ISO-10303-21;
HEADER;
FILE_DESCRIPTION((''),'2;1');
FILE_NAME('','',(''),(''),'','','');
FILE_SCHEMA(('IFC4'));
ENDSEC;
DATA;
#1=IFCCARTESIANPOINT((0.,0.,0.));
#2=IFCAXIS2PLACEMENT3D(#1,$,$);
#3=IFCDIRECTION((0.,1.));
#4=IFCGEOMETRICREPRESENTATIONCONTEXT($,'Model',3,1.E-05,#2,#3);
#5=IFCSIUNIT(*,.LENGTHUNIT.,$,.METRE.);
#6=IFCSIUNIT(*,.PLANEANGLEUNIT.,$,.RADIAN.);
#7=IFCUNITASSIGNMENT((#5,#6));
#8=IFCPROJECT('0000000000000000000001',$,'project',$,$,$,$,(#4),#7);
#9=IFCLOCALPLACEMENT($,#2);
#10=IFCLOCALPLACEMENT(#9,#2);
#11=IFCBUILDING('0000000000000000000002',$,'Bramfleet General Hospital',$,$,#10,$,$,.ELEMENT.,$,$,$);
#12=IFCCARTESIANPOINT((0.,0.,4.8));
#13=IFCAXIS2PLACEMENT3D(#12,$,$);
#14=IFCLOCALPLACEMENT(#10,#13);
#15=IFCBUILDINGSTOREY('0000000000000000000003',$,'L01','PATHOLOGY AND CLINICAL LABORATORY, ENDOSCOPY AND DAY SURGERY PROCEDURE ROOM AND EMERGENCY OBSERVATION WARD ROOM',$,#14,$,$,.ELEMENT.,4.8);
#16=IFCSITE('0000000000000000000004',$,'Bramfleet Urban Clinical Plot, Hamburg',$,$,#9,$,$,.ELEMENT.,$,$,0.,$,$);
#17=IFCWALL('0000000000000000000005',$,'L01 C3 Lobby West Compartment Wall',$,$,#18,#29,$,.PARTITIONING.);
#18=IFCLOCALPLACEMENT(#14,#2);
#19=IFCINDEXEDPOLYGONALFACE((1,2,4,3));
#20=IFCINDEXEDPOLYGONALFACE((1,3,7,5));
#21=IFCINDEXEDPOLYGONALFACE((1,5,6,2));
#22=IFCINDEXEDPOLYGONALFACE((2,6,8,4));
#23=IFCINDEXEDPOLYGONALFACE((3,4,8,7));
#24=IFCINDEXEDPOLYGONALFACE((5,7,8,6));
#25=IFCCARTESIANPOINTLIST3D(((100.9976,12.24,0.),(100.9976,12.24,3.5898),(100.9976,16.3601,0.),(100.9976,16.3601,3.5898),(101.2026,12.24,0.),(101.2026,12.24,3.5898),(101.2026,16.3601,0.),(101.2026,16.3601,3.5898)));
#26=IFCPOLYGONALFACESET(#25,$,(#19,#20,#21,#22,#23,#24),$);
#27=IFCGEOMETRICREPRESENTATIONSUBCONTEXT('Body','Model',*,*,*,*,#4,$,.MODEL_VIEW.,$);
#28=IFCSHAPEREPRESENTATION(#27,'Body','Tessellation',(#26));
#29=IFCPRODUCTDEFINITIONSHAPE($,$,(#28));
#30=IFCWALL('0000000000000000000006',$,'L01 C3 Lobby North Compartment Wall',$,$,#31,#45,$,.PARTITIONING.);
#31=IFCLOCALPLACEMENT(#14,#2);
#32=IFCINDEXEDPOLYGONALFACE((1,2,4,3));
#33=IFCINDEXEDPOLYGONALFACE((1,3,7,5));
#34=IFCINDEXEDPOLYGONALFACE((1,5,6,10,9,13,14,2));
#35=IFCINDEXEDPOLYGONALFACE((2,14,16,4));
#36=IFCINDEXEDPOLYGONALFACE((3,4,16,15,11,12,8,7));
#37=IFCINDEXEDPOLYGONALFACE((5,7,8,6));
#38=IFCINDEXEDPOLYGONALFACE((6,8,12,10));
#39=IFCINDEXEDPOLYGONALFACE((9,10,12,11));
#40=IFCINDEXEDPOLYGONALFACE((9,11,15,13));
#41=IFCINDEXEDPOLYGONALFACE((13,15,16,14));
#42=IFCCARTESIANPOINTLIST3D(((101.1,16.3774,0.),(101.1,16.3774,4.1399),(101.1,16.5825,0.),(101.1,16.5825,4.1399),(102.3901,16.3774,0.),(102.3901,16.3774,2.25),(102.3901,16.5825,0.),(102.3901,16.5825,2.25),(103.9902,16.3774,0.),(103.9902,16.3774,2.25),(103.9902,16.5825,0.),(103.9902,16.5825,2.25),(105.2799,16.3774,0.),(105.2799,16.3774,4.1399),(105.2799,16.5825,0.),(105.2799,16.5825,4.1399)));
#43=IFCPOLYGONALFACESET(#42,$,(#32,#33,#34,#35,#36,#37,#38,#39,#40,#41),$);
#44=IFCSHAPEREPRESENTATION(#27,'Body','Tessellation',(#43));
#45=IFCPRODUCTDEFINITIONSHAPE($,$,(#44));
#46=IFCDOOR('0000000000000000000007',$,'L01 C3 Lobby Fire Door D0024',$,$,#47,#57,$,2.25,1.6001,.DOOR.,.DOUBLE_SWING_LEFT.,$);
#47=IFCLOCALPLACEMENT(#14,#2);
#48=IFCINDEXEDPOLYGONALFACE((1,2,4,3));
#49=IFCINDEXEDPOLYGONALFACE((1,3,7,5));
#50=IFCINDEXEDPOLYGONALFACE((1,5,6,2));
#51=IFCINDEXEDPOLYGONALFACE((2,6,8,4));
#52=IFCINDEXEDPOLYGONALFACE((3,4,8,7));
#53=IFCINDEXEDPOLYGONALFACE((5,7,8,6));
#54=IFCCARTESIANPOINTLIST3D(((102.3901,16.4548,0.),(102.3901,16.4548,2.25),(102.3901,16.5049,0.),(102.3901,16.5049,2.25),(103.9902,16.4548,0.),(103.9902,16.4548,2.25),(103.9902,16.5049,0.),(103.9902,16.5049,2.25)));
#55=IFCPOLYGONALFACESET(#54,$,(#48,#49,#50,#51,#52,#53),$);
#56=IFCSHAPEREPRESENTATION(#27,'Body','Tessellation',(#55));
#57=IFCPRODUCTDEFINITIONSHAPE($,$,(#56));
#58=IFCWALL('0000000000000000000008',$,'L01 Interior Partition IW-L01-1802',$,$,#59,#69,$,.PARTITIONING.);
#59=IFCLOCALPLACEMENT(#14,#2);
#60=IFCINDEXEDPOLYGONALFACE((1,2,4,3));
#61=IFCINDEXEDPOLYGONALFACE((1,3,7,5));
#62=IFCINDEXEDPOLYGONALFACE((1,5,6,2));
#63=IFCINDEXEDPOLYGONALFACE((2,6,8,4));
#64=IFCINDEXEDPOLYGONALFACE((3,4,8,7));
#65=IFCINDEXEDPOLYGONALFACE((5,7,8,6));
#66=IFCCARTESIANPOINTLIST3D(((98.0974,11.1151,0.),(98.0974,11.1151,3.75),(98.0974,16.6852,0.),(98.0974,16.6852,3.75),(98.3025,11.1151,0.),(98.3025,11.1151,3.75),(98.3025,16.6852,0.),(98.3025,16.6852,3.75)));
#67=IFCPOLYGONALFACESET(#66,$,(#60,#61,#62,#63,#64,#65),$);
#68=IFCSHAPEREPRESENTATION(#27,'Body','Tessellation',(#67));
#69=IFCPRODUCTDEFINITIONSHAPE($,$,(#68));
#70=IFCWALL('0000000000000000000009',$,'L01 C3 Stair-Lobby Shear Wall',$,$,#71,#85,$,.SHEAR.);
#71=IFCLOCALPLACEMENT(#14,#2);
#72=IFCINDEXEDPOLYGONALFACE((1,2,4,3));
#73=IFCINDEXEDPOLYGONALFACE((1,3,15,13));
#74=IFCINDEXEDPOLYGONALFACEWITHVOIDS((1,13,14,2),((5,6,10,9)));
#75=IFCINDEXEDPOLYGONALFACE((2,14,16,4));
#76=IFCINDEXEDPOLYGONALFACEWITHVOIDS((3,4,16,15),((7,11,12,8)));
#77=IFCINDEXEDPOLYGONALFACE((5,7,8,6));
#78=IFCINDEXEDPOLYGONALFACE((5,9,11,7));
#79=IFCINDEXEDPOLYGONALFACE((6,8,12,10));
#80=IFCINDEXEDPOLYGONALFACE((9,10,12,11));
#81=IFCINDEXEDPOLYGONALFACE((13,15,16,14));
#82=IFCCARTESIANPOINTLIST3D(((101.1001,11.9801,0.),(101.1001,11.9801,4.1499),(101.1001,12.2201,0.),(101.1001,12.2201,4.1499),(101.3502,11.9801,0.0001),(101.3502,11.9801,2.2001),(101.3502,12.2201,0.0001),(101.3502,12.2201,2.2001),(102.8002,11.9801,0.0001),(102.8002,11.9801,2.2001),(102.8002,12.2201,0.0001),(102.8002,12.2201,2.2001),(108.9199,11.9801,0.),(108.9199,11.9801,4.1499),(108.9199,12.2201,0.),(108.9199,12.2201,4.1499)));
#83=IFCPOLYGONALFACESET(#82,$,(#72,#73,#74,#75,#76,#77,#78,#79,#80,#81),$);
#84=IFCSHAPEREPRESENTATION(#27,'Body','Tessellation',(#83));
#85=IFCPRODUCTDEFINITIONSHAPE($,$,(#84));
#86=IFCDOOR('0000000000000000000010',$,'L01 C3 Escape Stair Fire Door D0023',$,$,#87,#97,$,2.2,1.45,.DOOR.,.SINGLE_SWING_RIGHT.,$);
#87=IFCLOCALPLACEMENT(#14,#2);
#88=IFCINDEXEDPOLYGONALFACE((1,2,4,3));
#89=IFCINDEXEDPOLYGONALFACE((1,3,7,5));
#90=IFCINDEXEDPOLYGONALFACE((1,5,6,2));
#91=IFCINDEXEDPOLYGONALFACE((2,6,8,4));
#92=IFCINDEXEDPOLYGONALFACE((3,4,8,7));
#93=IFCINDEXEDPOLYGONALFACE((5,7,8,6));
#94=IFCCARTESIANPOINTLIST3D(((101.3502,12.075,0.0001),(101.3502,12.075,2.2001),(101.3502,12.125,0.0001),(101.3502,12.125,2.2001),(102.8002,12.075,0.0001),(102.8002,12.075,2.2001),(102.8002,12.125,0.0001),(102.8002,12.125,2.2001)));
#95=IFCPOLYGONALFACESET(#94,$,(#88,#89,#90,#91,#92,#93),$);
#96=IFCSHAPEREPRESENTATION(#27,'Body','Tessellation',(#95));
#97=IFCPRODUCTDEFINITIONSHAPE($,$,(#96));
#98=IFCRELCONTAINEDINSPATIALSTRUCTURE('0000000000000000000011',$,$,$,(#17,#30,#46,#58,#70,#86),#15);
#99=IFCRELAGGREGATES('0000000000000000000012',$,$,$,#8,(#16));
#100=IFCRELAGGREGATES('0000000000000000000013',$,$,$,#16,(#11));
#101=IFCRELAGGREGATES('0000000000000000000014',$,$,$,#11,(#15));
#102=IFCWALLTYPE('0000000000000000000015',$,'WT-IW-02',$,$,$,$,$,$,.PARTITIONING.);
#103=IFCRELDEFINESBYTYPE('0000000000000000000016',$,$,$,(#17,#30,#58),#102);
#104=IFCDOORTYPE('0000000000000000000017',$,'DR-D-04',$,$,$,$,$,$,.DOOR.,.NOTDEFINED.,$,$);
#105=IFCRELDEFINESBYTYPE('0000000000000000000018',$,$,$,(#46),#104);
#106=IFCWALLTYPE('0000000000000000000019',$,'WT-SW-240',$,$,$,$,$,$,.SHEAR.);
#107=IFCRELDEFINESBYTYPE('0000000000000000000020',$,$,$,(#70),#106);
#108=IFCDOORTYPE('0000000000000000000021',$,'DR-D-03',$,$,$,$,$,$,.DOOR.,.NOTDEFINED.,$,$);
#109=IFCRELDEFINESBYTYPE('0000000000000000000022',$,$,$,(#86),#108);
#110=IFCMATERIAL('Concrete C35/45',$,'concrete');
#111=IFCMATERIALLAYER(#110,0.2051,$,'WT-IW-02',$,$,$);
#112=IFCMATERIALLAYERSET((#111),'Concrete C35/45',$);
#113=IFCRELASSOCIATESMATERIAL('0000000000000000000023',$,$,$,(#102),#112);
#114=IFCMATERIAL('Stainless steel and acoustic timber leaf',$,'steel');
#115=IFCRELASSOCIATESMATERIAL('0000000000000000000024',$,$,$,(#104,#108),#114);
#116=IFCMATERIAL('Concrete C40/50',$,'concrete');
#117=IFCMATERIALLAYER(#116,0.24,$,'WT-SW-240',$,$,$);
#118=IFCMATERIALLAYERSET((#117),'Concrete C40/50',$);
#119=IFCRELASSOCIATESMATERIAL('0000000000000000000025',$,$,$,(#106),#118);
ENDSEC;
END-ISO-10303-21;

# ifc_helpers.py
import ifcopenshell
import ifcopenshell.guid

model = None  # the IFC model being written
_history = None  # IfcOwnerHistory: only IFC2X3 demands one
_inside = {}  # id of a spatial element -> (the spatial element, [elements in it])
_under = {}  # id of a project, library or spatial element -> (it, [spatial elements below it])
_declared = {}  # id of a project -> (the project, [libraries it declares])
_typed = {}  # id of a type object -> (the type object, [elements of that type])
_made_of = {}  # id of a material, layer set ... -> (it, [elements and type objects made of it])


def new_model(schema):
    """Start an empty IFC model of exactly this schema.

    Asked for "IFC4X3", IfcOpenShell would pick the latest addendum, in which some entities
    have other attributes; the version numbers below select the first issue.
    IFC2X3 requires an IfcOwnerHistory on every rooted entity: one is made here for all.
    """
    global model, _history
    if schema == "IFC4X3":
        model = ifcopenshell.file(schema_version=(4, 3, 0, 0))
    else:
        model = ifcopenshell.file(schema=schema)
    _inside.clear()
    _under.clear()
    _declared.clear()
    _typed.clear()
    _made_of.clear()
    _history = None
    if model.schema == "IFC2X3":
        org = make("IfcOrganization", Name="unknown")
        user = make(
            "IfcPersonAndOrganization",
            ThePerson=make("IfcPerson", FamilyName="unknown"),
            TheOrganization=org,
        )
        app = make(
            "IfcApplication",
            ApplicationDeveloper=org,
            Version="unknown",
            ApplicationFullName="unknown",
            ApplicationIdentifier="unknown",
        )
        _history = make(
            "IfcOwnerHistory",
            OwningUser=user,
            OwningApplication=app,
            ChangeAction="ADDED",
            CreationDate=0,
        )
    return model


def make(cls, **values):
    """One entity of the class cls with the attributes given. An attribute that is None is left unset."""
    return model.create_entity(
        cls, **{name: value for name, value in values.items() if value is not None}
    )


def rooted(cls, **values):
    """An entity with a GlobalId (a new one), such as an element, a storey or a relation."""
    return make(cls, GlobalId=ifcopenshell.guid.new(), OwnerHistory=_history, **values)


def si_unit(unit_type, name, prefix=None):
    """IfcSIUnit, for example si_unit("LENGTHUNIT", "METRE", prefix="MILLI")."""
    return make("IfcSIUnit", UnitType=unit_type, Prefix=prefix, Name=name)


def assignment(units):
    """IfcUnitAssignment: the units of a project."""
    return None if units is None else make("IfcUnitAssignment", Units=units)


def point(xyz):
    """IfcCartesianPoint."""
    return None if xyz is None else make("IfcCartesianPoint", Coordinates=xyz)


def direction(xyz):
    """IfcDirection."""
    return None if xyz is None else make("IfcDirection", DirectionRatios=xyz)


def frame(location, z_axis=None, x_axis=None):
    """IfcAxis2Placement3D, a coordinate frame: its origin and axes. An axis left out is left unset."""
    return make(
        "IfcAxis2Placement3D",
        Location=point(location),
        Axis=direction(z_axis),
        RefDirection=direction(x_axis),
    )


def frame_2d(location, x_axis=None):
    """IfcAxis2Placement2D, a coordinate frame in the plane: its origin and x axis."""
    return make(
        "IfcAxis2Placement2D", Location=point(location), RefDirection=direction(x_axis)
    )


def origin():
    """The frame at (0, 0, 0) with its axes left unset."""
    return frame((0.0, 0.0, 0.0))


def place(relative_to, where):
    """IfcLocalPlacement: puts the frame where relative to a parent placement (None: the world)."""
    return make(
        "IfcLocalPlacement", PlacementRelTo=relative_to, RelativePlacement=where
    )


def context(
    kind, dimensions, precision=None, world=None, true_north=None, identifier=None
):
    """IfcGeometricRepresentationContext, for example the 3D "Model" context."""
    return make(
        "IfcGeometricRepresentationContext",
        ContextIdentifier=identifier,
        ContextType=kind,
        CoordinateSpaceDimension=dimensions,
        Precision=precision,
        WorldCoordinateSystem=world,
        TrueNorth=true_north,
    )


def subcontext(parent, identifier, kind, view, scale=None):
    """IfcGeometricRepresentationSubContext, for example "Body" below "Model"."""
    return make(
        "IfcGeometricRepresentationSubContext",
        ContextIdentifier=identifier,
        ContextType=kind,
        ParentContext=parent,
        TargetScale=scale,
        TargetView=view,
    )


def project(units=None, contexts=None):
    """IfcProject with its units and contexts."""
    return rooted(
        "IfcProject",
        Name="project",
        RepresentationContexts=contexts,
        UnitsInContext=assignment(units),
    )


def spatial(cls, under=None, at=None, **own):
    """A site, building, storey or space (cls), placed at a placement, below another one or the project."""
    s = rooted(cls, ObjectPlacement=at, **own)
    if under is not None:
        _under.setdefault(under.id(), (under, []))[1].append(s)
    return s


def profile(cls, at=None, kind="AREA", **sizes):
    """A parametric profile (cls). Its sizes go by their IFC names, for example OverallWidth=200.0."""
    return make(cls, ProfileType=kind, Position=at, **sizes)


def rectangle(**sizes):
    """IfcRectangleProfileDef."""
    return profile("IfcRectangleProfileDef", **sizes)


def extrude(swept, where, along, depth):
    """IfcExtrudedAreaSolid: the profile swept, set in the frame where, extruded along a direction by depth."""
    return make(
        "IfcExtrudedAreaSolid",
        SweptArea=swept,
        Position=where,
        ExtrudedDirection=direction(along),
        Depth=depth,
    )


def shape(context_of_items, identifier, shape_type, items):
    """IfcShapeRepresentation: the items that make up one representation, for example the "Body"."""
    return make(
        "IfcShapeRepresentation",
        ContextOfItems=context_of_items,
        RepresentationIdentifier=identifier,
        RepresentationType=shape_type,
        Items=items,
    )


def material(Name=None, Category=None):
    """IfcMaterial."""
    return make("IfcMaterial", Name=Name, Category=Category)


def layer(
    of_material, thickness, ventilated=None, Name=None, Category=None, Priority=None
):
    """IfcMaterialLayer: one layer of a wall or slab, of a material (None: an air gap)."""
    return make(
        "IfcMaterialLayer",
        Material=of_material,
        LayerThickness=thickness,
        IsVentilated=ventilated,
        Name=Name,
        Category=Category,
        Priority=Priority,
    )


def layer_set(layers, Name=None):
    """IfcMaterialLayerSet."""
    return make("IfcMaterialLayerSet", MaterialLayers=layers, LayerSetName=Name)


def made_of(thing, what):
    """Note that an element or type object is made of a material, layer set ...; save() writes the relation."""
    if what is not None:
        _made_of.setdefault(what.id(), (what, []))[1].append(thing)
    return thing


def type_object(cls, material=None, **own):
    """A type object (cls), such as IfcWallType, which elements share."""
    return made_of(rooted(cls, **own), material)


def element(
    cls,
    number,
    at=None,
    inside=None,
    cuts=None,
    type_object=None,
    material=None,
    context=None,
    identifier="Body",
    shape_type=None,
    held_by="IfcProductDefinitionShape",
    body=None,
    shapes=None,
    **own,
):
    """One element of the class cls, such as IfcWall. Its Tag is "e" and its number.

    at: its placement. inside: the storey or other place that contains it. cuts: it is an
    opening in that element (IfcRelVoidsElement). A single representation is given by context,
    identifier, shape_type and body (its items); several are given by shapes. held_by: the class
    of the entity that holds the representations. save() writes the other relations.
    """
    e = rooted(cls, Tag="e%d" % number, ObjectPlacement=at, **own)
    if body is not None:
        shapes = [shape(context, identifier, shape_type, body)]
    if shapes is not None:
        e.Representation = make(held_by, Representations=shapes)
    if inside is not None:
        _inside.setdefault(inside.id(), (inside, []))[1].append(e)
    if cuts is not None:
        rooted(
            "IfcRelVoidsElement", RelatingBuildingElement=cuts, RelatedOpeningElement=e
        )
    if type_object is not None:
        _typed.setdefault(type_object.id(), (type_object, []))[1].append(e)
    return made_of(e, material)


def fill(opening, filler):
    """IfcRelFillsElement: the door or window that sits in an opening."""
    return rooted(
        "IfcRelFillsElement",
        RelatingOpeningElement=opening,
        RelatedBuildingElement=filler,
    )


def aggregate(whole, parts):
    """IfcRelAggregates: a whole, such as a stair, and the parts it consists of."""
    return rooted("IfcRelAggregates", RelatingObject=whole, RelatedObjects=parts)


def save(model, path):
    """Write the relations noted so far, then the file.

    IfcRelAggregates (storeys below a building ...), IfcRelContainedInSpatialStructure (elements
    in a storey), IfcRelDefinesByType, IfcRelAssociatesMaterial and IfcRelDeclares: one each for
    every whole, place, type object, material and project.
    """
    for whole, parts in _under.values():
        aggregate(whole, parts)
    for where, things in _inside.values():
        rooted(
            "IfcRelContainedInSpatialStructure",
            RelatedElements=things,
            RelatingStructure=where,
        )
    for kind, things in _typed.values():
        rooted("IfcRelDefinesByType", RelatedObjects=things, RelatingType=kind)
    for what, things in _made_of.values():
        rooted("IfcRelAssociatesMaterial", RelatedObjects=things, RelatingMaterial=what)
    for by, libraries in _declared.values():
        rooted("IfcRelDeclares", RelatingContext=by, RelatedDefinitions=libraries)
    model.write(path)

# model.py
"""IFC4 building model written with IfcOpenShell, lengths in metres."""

from ifc_helpers import new_model, si_unit, direction, frame, frame_2d, origin, place, context, subcontext, project, spatial, rectangle, extrude, material, layer, layer_set, type_object, element, fill, save


model = new_model("IFC4")

# Units and contexts
model_context = context("Model", 3, precision=1e-05, world=origin(), true_north=direction((0.0, 1.0)))
body_context = subcontext(model_context, "Body", "Model", "MODEL_VIEW")
ifc_project = project(units=[si_unit("LENGTHUNIT", "METRE"), si_unit("PLANEANGLEUNIT", "RADIAN")], contexts=[model_context])

# Site, building, storey
site_placement = place(None, origin())
site = spatial("IfcSite", under=ifc_project, at=site_placement, Name="Bramfleet Urban Clinical Plot, Hamburg", CompositionType="ELEMENT", RefElevation=0.0)
building_placement = place(site_placement, origin())
building = spatial("IfcBuilding", under=site, at=building_placement, Name="Bramfleet General Hospital", CompositionType="ELEMENT")
storey_placement = place(building_placement, frame((0.0, 0.0, 4.8)))
storey = spatial("IfcBuildingStorey", under=building, at=storey_placement, Name="L01", Description="PATHOLOGY AND CLINICAL LABORATORY, ENDOSCOPY AND DAY SURGERY PROCEDURE ROOM AND EMERGENCY OBSERVATION WARD ROOM", CompositionType="ELEMENT", Elevation=4.8)

# Wall
ifc_material_1 = material(Name="Concrete C35/45", Category="concrete")
ifc_layer_1 = layer(ifc_material_1, 0.2051, Name="WT-IW-02")
ifc_layer_set_1 = layer_set([ifc_layer_1], Name="Concrete C35/45")
wall_type_1 = type_object("IfcWallType", Name="WT-IW-02", PredefinedType="PARTITIONING", material=ifc_layer_set_1)
wall_1_placement = place(storey_placement, frame((101.1001, 12.24, 0.0), z_axis=(0.0, 0.0, 1.0), x_axis=(0.0, 1.0, 0.0)))
element("IfcWall", 1, at=wall_1_placement, inside=storey, type_object=wall_type_1, Name="L01 C3 Lobby West Compartment Wall", PredefinedType="PARTITIONING", context=body_context, shape_type="SweptSolid", body=[
    extrude(rectangle(XDim=4.1201, YDim=0.2051, at=frame_2d((2.0601, 0.0))), origin(), (0.0, 0.0, 1.0), 3.5898),
])

# Wall, opening, door
wall_2_placement = place(storey_placement, frame((101.1001, 16.48, 0.0), z_axis=(0.0, 0.0, 1.0), x_axis=(1.0, 0.0, 0.0)))
wall_2 = element("IfcWall", 2, at=wall_2_placement, inside=storey, type_object=wall_type_1, Name="L01 C3 Lobby North Compartment Wall", PredefinedType="PARTITIONING", context=body_context, shape_type="SweptSolid", body=[
    extrude(rectangle(XDim=4.1799, YDim=0.2051, at=frame_2d((2.0898, 0.0))), origin(), (0.0, 0.0, 1.0), 4.1399),
])
opening_1_placement = place(wall_2_placement, frame((1.29, 0.0, 0.0)))
opening_1 = element("IfcOpeningElement", 3, at=opening_1_placement, cuts=wall_2, PredefinedType="OPENING", context=body_context, shape_type="SweptSolid", body=[
    extrude(rectangle(XDim=1.6001, YDim=2.25, at=frame_2d((0.8, 1.125))), frame((0.0, 0.1125, 0.0), z_axis=(0.0, -1.0, 0.0), x_axis=(1.0, 0.0, 0.0)), (0.0, 0.0, 1.0), 0.2251),
])
ifc_material_2 = material(Name="Stainless steel and acoustic timber leaf", Category="steel")
door_type_1 = type_object("IfcDoorType", Name="DR-D-04", OperationType="NOTDEFINED", PredefinedType="DOOR", material=ifc_material_2)
door_1_placement = place(opening_1_placement, origin())
door_1 = element("IfcDoor", 4, at=door_1_placement, inside=storey, type_object=door_type_1, Name="L01 C3 Lobby Fire Door D0024", OperationType="DOUBLE_SWING_LEFT", OverallHeight=2.25, OverallWidth=1.6001, PredefinedType="DOOR", context=body_context, shape_type="SweptSolid", body=[
    extrude(rectangle(XDim=1.6001, YDim=2.25, at=frame_2d((0.8, 1.125))), frame((0.0, 0.0249, 0.0), z_axis=(0.0, -1.0, 0.0), x_axis=(1.0, 0.0, 0.0)), (0.0, 0.0, 1.0), 0.05),
])
fill(opening_1, door_1)

# Wall
wall_3_placement = place(storey_placement, frame((98.2, 11.115, 0.0), z_axis=(0.0, 0.0, 1.0), x_axis=(0.0, 1.0, 0.0)))
element("IfcWall", 5, at=wall_3_placement, inside=storey, type_object=wall_type_1, Name="L01 Interior Partition IW-L01-1802", PredefinedType="PARTITIONING", context=body_context, shape_type="SweptSolid", body=[
    extrude(rectangle(XDim=5.5701, YDim=0.2051, at=frame_2d((2.7852, 0.0))), origin(), (0.0, 0.0, 1.0), 3.75),
])

# Wall, opening, door
ifc_material_3 = material(Name="Concrete C40/50", Category="concrete")
ifc_layer_2 = layer(ifc_material_3, 0.24, Name="WT-SW-240")
ifc_layer_set_2 = layer_set([ifc_layer_2], Name="Concrete C40/50")
wall_type_2 = type_object("IfcWallType", Name="WT-SW-240", PredefinedType="SHEAR", material=ifc_layer_set_2)
wall_4_placement = place(storey_placement, frame((101.1001, 12.1001, 0.0), z_axis=(0.0, 0.0, 1.0), x_axis=(1.0, 0.0, 0.0)))
wall_4 = element("IfcWall", 6, at=wall_4_placement, inside=storey, type_object=wall_type_2, Name="L01 C3 Stair-Lobby Shear Wall", PredefinedType="SHEAR", context=body_context, shape_type="SweptSolid", body=[
    extrude(rectangle(XDim=7.8198, YDim=0.24, at=frame_2d((3.9099, 0.0))), origin(), (0.0, 0.0, 1.0), 4.1499),
])
opening_2_placement = place(wall_4_placement, frame((0.25, 0.0, 0.0)))
opening_2 = element("IfcOpeningElement", 7, at=opening_2_placement, cuts=wall_4, PredefinedType="OPENING", context=body_context, shape_type="SweptSolid", body=[
    extrude(rectangle(XDim=1.45, YDim=2.2, at=frame_2d((0.7251, 1.1001))), frame((0.0, 0.1299, 0.0), z_axis=(0.0, -1.0, 0.0), x_axis=(1.0, 0.0, 0.0)), (0.0, 0.0, 1.0), 0.26),
])
door_type_2 = type_object("IfcDoorType", Name="DR-D-03", OperationType="NOTDEFINED", PredefinedType="DOOR", material=ifc_material_2)
door_2_placement = place(opening_2_placement, origin())
door_2 = element("IfcDoor", 8, at=door_2_placement, inside=storey, type_object=door_type_2, Name="L01 C3 Escape Stair Fire Door D0023", OperationType="SINGLE_SWING_RIGHT", OverallHeight=2.2, OverallWidth=1.45, PredefinedType="DOOR", context=body_context, shape_type="SweptSolid", body=[
    extrude(rectangle(XDim=1.45, YDim=2.2, at=frame_2d((0.7251, 1.1001))), frame((0.0, 0.0249, 0.0), z_axis=(0.0, -1.0, 0.0), x_axis=(1.0, 0.0, 0.0)), (0.0, 0.0, 1.0), 0.05),
])
fill(opening_2, door_2)

save(model, "model.ifc")
